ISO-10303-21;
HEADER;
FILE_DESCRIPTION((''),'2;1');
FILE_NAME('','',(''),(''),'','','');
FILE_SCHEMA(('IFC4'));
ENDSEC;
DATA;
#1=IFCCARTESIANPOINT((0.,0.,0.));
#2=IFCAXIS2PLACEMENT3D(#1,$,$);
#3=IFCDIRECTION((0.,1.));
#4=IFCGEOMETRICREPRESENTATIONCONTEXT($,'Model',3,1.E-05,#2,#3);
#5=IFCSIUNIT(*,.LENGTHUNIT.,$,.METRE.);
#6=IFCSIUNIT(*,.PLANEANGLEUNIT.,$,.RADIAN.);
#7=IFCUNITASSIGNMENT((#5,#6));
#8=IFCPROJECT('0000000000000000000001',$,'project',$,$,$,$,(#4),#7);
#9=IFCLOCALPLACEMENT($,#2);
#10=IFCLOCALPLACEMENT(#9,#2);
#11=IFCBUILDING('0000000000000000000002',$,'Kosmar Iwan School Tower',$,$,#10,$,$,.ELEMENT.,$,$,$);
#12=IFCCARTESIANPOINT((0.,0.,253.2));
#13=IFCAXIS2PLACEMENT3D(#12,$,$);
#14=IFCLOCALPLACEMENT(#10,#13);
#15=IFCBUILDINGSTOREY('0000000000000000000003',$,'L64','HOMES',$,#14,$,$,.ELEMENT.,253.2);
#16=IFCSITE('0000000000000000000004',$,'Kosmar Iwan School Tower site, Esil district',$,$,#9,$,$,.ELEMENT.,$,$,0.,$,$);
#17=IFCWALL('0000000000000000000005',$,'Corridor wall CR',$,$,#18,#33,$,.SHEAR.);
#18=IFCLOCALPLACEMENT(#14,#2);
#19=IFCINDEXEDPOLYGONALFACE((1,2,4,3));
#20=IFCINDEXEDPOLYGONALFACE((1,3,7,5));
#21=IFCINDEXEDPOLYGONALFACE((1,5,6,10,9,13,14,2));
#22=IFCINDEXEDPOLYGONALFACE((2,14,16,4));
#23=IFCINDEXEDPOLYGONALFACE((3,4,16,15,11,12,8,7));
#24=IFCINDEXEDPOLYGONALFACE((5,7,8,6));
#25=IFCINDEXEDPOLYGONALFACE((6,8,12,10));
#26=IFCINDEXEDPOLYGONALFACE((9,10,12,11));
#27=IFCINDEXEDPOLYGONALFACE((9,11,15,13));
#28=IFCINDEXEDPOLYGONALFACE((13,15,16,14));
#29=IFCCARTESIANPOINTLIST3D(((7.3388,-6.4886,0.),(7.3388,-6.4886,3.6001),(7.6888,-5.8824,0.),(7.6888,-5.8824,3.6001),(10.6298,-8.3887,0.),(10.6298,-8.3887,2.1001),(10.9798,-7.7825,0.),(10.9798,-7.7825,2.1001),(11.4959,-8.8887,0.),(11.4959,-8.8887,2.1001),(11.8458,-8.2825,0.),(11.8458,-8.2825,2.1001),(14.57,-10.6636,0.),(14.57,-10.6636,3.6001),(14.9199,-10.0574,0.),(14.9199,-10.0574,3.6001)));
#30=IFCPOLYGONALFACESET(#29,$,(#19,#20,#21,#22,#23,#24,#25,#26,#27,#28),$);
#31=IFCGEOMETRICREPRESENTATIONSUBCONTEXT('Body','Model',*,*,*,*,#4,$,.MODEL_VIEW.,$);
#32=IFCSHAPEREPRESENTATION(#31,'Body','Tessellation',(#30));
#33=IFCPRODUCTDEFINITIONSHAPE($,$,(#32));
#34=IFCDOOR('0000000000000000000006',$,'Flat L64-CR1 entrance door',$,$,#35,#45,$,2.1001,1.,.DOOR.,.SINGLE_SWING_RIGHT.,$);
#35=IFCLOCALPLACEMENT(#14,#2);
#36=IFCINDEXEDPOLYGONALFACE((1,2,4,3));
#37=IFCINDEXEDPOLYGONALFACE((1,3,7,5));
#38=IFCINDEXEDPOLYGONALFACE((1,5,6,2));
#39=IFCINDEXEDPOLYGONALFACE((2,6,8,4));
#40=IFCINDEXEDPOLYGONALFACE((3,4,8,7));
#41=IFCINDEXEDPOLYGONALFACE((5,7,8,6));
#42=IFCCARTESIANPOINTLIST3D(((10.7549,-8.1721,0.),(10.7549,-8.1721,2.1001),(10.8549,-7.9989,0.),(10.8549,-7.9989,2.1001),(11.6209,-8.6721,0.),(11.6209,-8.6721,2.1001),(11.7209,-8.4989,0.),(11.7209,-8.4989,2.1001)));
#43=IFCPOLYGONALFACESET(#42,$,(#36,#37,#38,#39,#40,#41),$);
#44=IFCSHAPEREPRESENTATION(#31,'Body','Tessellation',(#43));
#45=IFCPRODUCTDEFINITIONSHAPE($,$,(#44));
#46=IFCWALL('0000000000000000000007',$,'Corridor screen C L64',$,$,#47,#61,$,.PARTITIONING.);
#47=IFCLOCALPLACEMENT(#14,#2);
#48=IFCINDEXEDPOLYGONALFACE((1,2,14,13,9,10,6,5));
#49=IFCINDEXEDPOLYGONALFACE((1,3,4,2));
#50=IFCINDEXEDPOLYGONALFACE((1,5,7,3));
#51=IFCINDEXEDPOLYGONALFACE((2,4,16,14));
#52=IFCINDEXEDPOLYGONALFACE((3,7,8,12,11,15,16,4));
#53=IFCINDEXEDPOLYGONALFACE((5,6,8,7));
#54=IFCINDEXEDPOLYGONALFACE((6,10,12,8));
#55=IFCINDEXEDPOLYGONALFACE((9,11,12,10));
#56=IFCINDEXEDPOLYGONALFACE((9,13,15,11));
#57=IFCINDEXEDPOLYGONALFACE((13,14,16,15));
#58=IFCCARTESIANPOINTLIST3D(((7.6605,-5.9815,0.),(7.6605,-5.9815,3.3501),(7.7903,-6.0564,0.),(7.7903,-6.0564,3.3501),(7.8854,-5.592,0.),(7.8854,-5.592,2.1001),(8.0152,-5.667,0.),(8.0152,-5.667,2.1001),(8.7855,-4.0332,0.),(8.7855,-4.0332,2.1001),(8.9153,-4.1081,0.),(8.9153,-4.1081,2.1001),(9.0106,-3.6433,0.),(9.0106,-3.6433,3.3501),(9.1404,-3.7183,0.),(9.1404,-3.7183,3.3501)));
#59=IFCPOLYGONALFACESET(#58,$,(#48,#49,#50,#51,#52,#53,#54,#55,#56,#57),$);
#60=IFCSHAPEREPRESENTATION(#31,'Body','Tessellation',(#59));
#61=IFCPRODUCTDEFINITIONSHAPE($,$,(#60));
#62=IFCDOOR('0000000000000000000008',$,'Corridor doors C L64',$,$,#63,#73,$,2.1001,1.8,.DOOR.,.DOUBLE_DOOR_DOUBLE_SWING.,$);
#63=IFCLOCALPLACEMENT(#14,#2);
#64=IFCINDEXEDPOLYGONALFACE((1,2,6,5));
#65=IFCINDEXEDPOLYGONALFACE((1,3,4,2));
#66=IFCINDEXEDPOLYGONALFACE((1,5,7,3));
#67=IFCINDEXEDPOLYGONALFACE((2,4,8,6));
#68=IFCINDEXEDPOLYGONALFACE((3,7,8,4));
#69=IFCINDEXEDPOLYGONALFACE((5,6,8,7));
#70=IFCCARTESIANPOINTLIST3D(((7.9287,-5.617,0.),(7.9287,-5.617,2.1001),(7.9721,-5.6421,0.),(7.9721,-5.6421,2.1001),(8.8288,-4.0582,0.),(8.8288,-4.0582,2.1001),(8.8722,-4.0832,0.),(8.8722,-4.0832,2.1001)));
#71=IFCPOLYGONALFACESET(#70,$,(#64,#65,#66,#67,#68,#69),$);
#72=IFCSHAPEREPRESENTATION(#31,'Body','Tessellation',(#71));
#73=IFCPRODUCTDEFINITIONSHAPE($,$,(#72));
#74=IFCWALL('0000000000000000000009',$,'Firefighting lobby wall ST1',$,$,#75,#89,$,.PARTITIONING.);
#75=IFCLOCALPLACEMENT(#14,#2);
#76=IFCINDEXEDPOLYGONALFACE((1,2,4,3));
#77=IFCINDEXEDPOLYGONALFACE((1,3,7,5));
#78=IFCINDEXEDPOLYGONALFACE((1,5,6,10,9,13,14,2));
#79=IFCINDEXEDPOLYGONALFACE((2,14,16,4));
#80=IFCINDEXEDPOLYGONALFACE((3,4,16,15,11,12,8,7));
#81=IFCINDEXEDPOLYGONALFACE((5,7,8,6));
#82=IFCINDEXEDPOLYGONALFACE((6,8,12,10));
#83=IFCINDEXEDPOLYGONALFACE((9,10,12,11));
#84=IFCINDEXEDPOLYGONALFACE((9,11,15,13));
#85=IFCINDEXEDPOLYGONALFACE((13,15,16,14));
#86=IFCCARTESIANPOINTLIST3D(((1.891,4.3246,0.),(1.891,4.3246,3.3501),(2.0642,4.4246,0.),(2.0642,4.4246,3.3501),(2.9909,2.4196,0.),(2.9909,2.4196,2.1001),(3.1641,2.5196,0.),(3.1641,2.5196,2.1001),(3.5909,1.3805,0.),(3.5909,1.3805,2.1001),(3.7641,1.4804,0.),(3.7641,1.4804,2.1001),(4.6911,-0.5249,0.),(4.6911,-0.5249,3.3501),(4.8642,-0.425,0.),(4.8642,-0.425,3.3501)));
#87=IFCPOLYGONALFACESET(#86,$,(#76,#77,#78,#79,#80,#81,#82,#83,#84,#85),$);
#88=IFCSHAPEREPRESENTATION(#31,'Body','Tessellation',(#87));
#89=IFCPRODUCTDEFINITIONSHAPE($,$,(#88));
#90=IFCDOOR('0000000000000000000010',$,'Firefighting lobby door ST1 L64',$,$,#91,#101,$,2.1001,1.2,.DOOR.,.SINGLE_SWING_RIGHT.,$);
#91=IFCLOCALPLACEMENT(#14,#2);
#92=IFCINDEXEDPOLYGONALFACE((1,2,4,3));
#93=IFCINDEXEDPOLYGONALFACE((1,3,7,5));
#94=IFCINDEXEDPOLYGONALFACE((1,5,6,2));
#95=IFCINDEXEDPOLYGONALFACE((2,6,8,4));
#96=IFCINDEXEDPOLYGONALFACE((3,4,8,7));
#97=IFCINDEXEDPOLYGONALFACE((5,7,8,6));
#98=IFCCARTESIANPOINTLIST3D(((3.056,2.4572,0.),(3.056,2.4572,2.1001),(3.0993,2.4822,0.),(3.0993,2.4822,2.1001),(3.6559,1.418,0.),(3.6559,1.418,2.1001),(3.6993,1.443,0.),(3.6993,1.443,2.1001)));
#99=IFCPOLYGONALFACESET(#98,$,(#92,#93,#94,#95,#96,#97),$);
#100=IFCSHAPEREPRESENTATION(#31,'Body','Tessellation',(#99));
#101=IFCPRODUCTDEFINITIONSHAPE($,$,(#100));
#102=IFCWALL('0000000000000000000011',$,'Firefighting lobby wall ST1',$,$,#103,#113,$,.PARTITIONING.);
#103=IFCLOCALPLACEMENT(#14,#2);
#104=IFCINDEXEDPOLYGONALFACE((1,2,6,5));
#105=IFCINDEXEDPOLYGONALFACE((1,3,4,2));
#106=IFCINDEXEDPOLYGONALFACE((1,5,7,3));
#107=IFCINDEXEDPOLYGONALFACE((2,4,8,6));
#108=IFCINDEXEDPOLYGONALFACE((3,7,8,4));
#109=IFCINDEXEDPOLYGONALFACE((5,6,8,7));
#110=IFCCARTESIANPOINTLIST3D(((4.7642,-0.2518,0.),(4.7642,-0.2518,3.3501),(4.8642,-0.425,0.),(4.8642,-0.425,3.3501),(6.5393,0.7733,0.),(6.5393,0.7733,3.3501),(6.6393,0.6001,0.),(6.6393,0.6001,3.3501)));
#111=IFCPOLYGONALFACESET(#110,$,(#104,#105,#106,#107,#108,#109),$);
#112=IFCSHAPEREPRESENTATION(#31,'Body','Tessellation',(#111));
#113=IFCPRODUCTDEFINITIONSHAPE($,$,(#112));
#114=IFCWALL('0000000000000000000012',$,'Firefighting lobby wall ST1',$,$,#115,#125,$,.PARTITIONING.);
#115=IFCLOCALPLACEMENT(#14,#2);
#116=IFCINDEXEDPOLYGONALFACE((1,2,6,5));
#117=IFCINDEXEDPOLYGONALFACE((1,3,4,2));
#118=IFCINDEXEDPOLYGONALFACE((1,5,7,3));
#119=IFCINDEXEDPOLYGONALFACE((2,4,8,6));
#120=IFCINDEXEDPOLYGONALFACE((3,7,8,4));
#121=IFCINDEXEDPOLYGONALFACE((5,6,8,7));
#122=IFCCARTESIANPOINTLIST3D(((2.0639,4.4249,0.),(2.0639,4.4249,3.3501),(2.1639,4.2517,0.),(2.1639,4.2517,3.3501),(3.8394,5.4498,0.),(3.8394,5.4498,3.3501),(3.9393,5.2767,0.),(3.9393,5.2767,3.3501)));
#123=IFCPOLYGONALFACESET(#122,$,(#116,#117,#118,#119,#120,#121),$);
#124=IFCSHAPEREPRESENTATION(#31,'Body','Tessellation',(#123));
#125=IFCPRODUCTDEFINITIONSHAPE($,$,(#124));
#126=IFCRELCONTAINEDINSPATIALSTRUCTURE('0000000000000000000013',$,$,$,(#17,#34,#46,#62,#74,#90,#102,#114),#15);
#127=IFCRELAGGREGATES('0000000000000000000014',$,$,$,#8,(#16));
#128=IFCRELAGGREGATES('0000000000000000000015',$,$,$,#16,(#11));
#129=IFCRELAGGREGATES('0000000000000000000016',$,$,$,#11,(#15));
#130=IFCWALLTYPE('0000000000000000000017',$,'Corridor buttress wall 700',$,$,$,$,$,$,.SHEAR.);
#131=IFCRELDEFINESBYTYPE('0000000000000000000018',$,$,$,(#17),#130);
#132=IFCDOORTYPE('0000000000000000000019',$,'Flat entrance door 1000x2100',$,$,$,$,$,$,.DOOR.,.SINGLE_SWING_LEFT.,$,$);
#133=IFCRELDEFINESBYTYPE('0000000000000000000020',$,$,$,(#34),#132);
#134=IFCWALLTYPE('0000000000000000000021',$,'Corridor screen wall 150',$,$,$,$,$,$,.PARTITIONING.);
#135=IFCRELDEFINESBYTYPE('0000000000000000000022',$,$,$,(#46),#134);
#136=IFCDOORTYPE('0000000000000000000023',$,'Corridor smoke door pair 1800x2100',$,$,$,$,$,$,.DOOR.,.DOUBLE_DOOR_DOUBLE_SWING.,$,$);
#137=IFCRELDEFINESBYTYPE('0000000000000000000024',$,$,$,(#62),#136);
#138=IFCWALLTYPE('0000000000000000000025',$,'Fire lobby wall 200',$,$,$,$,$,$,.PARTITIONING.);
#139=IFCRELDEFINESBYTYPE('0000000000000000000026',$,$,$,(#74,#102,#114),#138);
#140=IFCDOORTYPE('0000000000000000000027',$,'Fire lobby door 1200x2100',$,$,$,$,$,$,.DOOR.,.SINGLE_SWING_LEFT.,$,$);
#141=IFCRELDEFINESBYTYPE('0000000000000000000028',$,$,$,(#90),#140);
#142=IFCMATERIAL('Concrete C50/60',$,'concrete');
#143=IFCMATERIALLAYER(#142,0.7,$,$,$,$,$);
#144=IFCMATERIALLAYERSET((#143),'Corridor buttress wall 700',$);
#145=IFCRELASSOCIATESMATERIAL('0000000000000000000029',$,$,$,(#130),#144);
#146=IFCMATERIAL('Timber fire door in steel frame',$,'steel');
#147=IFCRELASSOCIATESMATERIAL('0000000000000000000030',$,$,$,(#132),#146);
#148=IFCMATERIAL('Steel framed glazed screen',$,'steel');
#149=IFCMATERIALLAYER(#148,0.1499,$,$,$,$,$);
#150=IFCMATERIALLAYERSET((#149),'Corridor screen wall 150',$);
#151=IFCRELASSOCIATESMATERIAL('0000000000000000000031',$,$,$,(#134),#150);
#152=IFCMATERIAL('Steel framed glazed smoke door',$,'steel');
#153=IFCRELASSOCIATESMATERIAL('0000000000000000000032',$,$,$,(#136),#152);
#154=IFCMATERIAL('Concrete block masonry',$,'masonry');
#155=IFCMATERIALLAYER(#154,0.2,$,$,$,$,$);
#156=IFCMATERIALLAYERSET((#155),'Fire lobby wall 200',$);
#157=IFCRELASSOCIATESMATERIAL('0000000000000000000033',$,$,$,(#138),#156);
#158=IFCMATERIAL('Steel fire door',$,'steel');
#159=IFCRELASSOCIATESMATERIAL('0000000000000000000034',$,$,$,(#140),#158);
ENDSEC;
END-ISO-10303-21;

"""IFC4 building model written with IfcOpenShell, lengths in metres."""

from ifc_helpers import new_model, si_unit, direction, frame, frame_2d, origin, place, context, subcontext, project, spatial, rectangle, extrude, material, layer, layer_set, type_object, element, fill, save


model = new_model("IFC4")

# Units and contexts
model_context = context("Model", 3, precision=1e-05, world=origin(), true_north=direction((0.0, 1.0)))
body_context = subcontext(model_context, "Body", "Model", "MODEL_VIEW")
ifc_project = project(units=[si_unit("LENGTHUNIT", "METRE"), si_unit("PLANEANGLEUNIT", "RADIAN")], contexts=[model_context])

# Site, building, storey
site_placement = place(None, origin())
site = spatial("IfcSite", under=ifc_project, at=site_placement, Name="Kosmar Iwan School Tower site, Esil district", CompositionType="ELEMENT", RefElevation=0.0)
building_placement = place(site_placement, origin())
building = spatial("IfcBuilding", under=site, at=building_placement, Name="Kosmar Iwan School Tower", CompositionType="ELEMENT")
storey_placement = place(building_placement, frame((0.0, 0.0, 253.2)))
storey = spatial("IfcBuildingStorey", under=building, at=storey_placement, Name="L64", Description="HOMES", CompositionType="ELEMENT", Elevation=253.2)

# Walls, openings, doors
ifc_material_1 = material(Name="Concrete C50/60", Category="concrete")
ifc_layer_1 = layer(ifc_material_1, 0.7)
ifc_layer_set_1 = layer_set([ifc_layer_1], Name="Corridor buttress wall 700")
wall_type_1 = type_object("IfcWallType", Name="Corridor buttress wall 700", PredefinedType="SHEAR", material=ifc_layer_set_1)
wall_1_placement = place(storey_placement, frame((7.5139, -6.1855, 0.0), z_axis=(0.0, 0.0, 1.0), x_axis=(0.86602, -0.50001, 0.0)))
wall_1 = element("IfcWall", 1, at=wall_1_placement, inside=storey, type_object=wall_type_1, Name="Corridor wall CR", PredefinedType="SHEAR", context=body_context, shape_type="SweptSolid", body=[
    extrude(rectangle(XDim=8.3499, YDim=0.7, at=frame_2d((4.1748, 0.0))), origin(), (0.0, 0.0, 1.0), 3.6001),
])
opening_1_placement = place(wall_1_placement, frame((3.8, 0.0, 0.0)))
opening_1 = element("IfcOpeningElement", 2, at=opening_1_placement, cuts=wall_1, PredefinedType="OPENING", context=body_context, shape_type="SweptSolid", body=[
    extrude(rectangle(XDim=1.0, YDim=2.1001, at=frame_2d((0.5, 1.05))), frame((0.0, 0.3621, 0.0), z_axis=(0.0, -1.0, 0.0), x_axis=(1.0, 0.0, 0.0)), (0.0, 0.0, 1.0), 0.7239),
])
ifc_material_2 = material(Name="Timber fire door in steel frame", Category="steel")
door_type_1 = type_object("IfcDoorType", Name="Flat entrance door 1000x2100", OperationType="SINGLE_SWING_LEFT", PredefinedType="DOOR", material=ifc_material_2)
door_1_placement = place(opening_1_placement, origin())
door_1 = element("IfcDoor", 3, at=door_1_placement, inside=storey, type_object=door_type_1, Name="Flat L64-CR1 entrance door", OperationType="SINGLE_SWING_RIGHT", OverallHeight=2.1001, OverallWidth=1.0, PredefinedType="DOOR", context=body_context, shape_type="SweptSolid", body=[
    extrude(rectangle(XDim=1.0, YDim=2.1001, at=frame_2d((0.5, 1.05))), frame((0.0, 0.1001, 0.0), z_axis=(0.0, -1.0, 0.0), x_axis=(1.0, 0.0, 0.0)), (0.0, 0.0, 1.0), 0.2),
])
fill(opening_1, door_1)
ifc_material_3 = material(Name="Steel framed glazed screen", Category="steel")
ifc_layer_2 = layer(ifc_material_3, 0.1499)
ifc_layer_set_2 = layer_set([ifc_layer_2], Name="Corridor screen wall 150")
wall_type_2 = type_object("IfcWallType", Name="Corridor screen wall 150", PredefinedType="PARTITIONING", material=ifc_layer_set_2)
wall_2_placement = place(storey_placement, frame((7.7253, -6.019, 0.0), z_axis=(0.0, 0.0, 1.0), x_axis=(0.500049, 0.865997, 0.0)))
wall_2 = element("IfcWall", 4, at=wall_2_placement, inside=storey, type_object=wall_type_2, Name="Corridor screen C L64", PredefinedType="PARTITIONING", context=body_context, shape_type="SweptSolid", body=[
    extrude(rectangle(XDim=2.7, YDim=0.1499, at=frame_2d((1.3501, 0.0))), origin(), (0.0, 0.0, 1.0), 3.3501),
])
opening_2_placement = place(wall_2_placement, frame((0.45, 0.0, 0.0)))
opening_2 = element("IfcOpeningElement", 5, at=opening_2_placement, cuts=wall_2, PredefinedType="OPENING", context=body_context, shape_type="SweptSolid", body=[
    extrude(rectangle(XDim=1.8, YDim=2.1001, at=frame_2d((0.8999, 1.05))), frame((0.0, 0.0869, 0.0), z_axis=(0.0, -1.0, 0.0), x_axis=(1.0, 0.0, 0.0)), (0.0, 0.0, 1.0), 0.1738),
])
ifc_material_4 = material(Name="Steel framed glazed smoke door", Category="steel")
door_type_2 = type_object("IfcDoorType", Name="Corridor smoke door pair 1800x2100", OperationType="DOUBLE_DOOR_DOUBLE_SWING", PredefinedType="DOOR", material=ifc_material_4)
door_2_placement = place(opening_2_placement, origin())
door_2 = element("IfcDoor", 6, at=door_2_placement, inside=storey, type_object=door_type_2, Name="Corridor doors C L64", OperationType="DOUBLE_DOOR_DOUBLE_SWING", OverallHeight=2.1001, OverallWidth=1.8, PredefinedType="DOOR", context=body_context, shape_type="SweptSolid", body=[
    extrude(rectangle(XDim=1.8, YDim=2.1001, at=frame_2d((0.8999, 1.05))), frame((0.0, 0.0249, 0.0), z_axis=(0.0, -1.0, 0.0), x_axis=(1.0, 0.0, 0.0)), (0.0, 0.0, 1.0), 0.05),
])
fill(opening_2, door_2)
ifc_material_5 = material(Name="Concrete block masonry", Category="masonry")
ifc_layer_3 = layer(ifc_material_5, 0.2)
ifc_layer_set_3 = layer_set([ifc_layer_3], Name="Fire lobby wall 200")
wall_type_3 = type_object("IfcWallType", Name="Fire lobby wall 200", PredefinedType="PARTITIONING", material=ifc_layer_set_3)
wall_3_placement = place(storey_placement, frame((4.7776, -0.4749, 0.0), z_axis=(0.0, 0.0, 1.0), x_axis=(-0.500017, 0.866016, 0.0)))
wall_3 = element("IfcWall", 7, at=wall_3_placement, inside=storey, type_object=wall_type_3, Name="Firefighting lobby wall ST1", PredefinedType="PARTITIONING", context=body_context, shape_type="SweptSolid", body=[
    extrude(rectangle(XDim=5.5999, YDim=0.2, at=frame_2d((2.7998, 0.0))), origin(), (0.0, 0.0, 1.0), 3.3501),
])
opening_3_placement = place(wall_3_placement, frame((2.2, 0.0, 0.0)))
opening_3 = element("IfcOpeningElement", 8, at=opening_3_placement, cuts=wall_3, PredefinedType="OPENING", context=body_context, shape_type="SweptSolid", body=[
    extrude(rectangle(XDim=1.2, YDim=2.1001, at=frame_2d((0.6001, 1.05))), frame((0.0, 0.1121, 0.0), z_axis=(0.0, -1.0, 0.0), x_axis=(1.0, 0.0, 0.0)), (0.0, 0.0, 1.0), 0.2239),
])
ifc_material_6 = material(Name="Steel fire door", Category="steel")
door_type_3 = type_object("IfcDoorType", Name="Fire lobby door 1200x2100", OperationType="SINGLE_SWING_LEFT", PredefinedType="DOOR", material=ifc_material_6)
door_3_placement = place(opening_3_placement, origin())
door_3 = element("IfcDoor", 9, at=door_3_placement, inside=storey, type_object=door_type_3, Name="Firefighting lobby door ST1 L64", OperationType="SINGLE_SWING_RIGHT", OverallHeight=2.1001, OverallWidth=1.2, PredefinedType="DOOR", context=body_context, shape_type="SweptSolid", body=[
    extrude(rectangle(XDim=1.2, YDim=2.1001, at=frame_2d((0.6001, 1.05))), frame((0.0, 0.0249, 0.0), z_axis=(0.0, -1.0, 0.0), x_axis=(1.0, 0.0, 0.0)), (0.0, 0.0, 1.0), 0.05),
])
fill(opening_3, door_3)

# Walls
wall_4_placement = place(storey_placement, frame((4.8142, -0.3384, 0.0), z_axis=(0.0, 0.0, 1.0), x_axis=(0.865969, 0.500097, 0.0)))
element("IfcWall", 10, at=wall_4_placement, inside=storey, type_object=wall_type_3, Name="Firefighting lobby wall ST1", PredefinedType="PARTITIONING", context=body_context, shape_type="SweptSolid", body=[
    extrude(rectangle(XDim=2.0498, YDim=0.2, at=frame_2d((1.0249, 0.0))), origin(), (0.0, 0.0, 1.0), 3.3501),
])
wall_5_placement = place(storey_placement, frame((2.114, 4.3384, 0.0), z_axis=(0.0, 0.0, 1.0), x_axis=(0.866051, 0.499956, 0.0)))
element("IfcWall", 11, at=wall_5_placement, inside=storey, type_object=wall_type_3, Name="Firefighting lobby wall ST1", PredefinedType="PARTITIONING", context=body_context, shape_type="SweptSolid", body=[
    extrude(rectangle(XDim=2.05, YDim=0.2, at=frame_2d((1.0249, 0.0))), origin(), (0.0, 0.0, 1.0), 3.3501),
])

save(model, "model.ifc")
